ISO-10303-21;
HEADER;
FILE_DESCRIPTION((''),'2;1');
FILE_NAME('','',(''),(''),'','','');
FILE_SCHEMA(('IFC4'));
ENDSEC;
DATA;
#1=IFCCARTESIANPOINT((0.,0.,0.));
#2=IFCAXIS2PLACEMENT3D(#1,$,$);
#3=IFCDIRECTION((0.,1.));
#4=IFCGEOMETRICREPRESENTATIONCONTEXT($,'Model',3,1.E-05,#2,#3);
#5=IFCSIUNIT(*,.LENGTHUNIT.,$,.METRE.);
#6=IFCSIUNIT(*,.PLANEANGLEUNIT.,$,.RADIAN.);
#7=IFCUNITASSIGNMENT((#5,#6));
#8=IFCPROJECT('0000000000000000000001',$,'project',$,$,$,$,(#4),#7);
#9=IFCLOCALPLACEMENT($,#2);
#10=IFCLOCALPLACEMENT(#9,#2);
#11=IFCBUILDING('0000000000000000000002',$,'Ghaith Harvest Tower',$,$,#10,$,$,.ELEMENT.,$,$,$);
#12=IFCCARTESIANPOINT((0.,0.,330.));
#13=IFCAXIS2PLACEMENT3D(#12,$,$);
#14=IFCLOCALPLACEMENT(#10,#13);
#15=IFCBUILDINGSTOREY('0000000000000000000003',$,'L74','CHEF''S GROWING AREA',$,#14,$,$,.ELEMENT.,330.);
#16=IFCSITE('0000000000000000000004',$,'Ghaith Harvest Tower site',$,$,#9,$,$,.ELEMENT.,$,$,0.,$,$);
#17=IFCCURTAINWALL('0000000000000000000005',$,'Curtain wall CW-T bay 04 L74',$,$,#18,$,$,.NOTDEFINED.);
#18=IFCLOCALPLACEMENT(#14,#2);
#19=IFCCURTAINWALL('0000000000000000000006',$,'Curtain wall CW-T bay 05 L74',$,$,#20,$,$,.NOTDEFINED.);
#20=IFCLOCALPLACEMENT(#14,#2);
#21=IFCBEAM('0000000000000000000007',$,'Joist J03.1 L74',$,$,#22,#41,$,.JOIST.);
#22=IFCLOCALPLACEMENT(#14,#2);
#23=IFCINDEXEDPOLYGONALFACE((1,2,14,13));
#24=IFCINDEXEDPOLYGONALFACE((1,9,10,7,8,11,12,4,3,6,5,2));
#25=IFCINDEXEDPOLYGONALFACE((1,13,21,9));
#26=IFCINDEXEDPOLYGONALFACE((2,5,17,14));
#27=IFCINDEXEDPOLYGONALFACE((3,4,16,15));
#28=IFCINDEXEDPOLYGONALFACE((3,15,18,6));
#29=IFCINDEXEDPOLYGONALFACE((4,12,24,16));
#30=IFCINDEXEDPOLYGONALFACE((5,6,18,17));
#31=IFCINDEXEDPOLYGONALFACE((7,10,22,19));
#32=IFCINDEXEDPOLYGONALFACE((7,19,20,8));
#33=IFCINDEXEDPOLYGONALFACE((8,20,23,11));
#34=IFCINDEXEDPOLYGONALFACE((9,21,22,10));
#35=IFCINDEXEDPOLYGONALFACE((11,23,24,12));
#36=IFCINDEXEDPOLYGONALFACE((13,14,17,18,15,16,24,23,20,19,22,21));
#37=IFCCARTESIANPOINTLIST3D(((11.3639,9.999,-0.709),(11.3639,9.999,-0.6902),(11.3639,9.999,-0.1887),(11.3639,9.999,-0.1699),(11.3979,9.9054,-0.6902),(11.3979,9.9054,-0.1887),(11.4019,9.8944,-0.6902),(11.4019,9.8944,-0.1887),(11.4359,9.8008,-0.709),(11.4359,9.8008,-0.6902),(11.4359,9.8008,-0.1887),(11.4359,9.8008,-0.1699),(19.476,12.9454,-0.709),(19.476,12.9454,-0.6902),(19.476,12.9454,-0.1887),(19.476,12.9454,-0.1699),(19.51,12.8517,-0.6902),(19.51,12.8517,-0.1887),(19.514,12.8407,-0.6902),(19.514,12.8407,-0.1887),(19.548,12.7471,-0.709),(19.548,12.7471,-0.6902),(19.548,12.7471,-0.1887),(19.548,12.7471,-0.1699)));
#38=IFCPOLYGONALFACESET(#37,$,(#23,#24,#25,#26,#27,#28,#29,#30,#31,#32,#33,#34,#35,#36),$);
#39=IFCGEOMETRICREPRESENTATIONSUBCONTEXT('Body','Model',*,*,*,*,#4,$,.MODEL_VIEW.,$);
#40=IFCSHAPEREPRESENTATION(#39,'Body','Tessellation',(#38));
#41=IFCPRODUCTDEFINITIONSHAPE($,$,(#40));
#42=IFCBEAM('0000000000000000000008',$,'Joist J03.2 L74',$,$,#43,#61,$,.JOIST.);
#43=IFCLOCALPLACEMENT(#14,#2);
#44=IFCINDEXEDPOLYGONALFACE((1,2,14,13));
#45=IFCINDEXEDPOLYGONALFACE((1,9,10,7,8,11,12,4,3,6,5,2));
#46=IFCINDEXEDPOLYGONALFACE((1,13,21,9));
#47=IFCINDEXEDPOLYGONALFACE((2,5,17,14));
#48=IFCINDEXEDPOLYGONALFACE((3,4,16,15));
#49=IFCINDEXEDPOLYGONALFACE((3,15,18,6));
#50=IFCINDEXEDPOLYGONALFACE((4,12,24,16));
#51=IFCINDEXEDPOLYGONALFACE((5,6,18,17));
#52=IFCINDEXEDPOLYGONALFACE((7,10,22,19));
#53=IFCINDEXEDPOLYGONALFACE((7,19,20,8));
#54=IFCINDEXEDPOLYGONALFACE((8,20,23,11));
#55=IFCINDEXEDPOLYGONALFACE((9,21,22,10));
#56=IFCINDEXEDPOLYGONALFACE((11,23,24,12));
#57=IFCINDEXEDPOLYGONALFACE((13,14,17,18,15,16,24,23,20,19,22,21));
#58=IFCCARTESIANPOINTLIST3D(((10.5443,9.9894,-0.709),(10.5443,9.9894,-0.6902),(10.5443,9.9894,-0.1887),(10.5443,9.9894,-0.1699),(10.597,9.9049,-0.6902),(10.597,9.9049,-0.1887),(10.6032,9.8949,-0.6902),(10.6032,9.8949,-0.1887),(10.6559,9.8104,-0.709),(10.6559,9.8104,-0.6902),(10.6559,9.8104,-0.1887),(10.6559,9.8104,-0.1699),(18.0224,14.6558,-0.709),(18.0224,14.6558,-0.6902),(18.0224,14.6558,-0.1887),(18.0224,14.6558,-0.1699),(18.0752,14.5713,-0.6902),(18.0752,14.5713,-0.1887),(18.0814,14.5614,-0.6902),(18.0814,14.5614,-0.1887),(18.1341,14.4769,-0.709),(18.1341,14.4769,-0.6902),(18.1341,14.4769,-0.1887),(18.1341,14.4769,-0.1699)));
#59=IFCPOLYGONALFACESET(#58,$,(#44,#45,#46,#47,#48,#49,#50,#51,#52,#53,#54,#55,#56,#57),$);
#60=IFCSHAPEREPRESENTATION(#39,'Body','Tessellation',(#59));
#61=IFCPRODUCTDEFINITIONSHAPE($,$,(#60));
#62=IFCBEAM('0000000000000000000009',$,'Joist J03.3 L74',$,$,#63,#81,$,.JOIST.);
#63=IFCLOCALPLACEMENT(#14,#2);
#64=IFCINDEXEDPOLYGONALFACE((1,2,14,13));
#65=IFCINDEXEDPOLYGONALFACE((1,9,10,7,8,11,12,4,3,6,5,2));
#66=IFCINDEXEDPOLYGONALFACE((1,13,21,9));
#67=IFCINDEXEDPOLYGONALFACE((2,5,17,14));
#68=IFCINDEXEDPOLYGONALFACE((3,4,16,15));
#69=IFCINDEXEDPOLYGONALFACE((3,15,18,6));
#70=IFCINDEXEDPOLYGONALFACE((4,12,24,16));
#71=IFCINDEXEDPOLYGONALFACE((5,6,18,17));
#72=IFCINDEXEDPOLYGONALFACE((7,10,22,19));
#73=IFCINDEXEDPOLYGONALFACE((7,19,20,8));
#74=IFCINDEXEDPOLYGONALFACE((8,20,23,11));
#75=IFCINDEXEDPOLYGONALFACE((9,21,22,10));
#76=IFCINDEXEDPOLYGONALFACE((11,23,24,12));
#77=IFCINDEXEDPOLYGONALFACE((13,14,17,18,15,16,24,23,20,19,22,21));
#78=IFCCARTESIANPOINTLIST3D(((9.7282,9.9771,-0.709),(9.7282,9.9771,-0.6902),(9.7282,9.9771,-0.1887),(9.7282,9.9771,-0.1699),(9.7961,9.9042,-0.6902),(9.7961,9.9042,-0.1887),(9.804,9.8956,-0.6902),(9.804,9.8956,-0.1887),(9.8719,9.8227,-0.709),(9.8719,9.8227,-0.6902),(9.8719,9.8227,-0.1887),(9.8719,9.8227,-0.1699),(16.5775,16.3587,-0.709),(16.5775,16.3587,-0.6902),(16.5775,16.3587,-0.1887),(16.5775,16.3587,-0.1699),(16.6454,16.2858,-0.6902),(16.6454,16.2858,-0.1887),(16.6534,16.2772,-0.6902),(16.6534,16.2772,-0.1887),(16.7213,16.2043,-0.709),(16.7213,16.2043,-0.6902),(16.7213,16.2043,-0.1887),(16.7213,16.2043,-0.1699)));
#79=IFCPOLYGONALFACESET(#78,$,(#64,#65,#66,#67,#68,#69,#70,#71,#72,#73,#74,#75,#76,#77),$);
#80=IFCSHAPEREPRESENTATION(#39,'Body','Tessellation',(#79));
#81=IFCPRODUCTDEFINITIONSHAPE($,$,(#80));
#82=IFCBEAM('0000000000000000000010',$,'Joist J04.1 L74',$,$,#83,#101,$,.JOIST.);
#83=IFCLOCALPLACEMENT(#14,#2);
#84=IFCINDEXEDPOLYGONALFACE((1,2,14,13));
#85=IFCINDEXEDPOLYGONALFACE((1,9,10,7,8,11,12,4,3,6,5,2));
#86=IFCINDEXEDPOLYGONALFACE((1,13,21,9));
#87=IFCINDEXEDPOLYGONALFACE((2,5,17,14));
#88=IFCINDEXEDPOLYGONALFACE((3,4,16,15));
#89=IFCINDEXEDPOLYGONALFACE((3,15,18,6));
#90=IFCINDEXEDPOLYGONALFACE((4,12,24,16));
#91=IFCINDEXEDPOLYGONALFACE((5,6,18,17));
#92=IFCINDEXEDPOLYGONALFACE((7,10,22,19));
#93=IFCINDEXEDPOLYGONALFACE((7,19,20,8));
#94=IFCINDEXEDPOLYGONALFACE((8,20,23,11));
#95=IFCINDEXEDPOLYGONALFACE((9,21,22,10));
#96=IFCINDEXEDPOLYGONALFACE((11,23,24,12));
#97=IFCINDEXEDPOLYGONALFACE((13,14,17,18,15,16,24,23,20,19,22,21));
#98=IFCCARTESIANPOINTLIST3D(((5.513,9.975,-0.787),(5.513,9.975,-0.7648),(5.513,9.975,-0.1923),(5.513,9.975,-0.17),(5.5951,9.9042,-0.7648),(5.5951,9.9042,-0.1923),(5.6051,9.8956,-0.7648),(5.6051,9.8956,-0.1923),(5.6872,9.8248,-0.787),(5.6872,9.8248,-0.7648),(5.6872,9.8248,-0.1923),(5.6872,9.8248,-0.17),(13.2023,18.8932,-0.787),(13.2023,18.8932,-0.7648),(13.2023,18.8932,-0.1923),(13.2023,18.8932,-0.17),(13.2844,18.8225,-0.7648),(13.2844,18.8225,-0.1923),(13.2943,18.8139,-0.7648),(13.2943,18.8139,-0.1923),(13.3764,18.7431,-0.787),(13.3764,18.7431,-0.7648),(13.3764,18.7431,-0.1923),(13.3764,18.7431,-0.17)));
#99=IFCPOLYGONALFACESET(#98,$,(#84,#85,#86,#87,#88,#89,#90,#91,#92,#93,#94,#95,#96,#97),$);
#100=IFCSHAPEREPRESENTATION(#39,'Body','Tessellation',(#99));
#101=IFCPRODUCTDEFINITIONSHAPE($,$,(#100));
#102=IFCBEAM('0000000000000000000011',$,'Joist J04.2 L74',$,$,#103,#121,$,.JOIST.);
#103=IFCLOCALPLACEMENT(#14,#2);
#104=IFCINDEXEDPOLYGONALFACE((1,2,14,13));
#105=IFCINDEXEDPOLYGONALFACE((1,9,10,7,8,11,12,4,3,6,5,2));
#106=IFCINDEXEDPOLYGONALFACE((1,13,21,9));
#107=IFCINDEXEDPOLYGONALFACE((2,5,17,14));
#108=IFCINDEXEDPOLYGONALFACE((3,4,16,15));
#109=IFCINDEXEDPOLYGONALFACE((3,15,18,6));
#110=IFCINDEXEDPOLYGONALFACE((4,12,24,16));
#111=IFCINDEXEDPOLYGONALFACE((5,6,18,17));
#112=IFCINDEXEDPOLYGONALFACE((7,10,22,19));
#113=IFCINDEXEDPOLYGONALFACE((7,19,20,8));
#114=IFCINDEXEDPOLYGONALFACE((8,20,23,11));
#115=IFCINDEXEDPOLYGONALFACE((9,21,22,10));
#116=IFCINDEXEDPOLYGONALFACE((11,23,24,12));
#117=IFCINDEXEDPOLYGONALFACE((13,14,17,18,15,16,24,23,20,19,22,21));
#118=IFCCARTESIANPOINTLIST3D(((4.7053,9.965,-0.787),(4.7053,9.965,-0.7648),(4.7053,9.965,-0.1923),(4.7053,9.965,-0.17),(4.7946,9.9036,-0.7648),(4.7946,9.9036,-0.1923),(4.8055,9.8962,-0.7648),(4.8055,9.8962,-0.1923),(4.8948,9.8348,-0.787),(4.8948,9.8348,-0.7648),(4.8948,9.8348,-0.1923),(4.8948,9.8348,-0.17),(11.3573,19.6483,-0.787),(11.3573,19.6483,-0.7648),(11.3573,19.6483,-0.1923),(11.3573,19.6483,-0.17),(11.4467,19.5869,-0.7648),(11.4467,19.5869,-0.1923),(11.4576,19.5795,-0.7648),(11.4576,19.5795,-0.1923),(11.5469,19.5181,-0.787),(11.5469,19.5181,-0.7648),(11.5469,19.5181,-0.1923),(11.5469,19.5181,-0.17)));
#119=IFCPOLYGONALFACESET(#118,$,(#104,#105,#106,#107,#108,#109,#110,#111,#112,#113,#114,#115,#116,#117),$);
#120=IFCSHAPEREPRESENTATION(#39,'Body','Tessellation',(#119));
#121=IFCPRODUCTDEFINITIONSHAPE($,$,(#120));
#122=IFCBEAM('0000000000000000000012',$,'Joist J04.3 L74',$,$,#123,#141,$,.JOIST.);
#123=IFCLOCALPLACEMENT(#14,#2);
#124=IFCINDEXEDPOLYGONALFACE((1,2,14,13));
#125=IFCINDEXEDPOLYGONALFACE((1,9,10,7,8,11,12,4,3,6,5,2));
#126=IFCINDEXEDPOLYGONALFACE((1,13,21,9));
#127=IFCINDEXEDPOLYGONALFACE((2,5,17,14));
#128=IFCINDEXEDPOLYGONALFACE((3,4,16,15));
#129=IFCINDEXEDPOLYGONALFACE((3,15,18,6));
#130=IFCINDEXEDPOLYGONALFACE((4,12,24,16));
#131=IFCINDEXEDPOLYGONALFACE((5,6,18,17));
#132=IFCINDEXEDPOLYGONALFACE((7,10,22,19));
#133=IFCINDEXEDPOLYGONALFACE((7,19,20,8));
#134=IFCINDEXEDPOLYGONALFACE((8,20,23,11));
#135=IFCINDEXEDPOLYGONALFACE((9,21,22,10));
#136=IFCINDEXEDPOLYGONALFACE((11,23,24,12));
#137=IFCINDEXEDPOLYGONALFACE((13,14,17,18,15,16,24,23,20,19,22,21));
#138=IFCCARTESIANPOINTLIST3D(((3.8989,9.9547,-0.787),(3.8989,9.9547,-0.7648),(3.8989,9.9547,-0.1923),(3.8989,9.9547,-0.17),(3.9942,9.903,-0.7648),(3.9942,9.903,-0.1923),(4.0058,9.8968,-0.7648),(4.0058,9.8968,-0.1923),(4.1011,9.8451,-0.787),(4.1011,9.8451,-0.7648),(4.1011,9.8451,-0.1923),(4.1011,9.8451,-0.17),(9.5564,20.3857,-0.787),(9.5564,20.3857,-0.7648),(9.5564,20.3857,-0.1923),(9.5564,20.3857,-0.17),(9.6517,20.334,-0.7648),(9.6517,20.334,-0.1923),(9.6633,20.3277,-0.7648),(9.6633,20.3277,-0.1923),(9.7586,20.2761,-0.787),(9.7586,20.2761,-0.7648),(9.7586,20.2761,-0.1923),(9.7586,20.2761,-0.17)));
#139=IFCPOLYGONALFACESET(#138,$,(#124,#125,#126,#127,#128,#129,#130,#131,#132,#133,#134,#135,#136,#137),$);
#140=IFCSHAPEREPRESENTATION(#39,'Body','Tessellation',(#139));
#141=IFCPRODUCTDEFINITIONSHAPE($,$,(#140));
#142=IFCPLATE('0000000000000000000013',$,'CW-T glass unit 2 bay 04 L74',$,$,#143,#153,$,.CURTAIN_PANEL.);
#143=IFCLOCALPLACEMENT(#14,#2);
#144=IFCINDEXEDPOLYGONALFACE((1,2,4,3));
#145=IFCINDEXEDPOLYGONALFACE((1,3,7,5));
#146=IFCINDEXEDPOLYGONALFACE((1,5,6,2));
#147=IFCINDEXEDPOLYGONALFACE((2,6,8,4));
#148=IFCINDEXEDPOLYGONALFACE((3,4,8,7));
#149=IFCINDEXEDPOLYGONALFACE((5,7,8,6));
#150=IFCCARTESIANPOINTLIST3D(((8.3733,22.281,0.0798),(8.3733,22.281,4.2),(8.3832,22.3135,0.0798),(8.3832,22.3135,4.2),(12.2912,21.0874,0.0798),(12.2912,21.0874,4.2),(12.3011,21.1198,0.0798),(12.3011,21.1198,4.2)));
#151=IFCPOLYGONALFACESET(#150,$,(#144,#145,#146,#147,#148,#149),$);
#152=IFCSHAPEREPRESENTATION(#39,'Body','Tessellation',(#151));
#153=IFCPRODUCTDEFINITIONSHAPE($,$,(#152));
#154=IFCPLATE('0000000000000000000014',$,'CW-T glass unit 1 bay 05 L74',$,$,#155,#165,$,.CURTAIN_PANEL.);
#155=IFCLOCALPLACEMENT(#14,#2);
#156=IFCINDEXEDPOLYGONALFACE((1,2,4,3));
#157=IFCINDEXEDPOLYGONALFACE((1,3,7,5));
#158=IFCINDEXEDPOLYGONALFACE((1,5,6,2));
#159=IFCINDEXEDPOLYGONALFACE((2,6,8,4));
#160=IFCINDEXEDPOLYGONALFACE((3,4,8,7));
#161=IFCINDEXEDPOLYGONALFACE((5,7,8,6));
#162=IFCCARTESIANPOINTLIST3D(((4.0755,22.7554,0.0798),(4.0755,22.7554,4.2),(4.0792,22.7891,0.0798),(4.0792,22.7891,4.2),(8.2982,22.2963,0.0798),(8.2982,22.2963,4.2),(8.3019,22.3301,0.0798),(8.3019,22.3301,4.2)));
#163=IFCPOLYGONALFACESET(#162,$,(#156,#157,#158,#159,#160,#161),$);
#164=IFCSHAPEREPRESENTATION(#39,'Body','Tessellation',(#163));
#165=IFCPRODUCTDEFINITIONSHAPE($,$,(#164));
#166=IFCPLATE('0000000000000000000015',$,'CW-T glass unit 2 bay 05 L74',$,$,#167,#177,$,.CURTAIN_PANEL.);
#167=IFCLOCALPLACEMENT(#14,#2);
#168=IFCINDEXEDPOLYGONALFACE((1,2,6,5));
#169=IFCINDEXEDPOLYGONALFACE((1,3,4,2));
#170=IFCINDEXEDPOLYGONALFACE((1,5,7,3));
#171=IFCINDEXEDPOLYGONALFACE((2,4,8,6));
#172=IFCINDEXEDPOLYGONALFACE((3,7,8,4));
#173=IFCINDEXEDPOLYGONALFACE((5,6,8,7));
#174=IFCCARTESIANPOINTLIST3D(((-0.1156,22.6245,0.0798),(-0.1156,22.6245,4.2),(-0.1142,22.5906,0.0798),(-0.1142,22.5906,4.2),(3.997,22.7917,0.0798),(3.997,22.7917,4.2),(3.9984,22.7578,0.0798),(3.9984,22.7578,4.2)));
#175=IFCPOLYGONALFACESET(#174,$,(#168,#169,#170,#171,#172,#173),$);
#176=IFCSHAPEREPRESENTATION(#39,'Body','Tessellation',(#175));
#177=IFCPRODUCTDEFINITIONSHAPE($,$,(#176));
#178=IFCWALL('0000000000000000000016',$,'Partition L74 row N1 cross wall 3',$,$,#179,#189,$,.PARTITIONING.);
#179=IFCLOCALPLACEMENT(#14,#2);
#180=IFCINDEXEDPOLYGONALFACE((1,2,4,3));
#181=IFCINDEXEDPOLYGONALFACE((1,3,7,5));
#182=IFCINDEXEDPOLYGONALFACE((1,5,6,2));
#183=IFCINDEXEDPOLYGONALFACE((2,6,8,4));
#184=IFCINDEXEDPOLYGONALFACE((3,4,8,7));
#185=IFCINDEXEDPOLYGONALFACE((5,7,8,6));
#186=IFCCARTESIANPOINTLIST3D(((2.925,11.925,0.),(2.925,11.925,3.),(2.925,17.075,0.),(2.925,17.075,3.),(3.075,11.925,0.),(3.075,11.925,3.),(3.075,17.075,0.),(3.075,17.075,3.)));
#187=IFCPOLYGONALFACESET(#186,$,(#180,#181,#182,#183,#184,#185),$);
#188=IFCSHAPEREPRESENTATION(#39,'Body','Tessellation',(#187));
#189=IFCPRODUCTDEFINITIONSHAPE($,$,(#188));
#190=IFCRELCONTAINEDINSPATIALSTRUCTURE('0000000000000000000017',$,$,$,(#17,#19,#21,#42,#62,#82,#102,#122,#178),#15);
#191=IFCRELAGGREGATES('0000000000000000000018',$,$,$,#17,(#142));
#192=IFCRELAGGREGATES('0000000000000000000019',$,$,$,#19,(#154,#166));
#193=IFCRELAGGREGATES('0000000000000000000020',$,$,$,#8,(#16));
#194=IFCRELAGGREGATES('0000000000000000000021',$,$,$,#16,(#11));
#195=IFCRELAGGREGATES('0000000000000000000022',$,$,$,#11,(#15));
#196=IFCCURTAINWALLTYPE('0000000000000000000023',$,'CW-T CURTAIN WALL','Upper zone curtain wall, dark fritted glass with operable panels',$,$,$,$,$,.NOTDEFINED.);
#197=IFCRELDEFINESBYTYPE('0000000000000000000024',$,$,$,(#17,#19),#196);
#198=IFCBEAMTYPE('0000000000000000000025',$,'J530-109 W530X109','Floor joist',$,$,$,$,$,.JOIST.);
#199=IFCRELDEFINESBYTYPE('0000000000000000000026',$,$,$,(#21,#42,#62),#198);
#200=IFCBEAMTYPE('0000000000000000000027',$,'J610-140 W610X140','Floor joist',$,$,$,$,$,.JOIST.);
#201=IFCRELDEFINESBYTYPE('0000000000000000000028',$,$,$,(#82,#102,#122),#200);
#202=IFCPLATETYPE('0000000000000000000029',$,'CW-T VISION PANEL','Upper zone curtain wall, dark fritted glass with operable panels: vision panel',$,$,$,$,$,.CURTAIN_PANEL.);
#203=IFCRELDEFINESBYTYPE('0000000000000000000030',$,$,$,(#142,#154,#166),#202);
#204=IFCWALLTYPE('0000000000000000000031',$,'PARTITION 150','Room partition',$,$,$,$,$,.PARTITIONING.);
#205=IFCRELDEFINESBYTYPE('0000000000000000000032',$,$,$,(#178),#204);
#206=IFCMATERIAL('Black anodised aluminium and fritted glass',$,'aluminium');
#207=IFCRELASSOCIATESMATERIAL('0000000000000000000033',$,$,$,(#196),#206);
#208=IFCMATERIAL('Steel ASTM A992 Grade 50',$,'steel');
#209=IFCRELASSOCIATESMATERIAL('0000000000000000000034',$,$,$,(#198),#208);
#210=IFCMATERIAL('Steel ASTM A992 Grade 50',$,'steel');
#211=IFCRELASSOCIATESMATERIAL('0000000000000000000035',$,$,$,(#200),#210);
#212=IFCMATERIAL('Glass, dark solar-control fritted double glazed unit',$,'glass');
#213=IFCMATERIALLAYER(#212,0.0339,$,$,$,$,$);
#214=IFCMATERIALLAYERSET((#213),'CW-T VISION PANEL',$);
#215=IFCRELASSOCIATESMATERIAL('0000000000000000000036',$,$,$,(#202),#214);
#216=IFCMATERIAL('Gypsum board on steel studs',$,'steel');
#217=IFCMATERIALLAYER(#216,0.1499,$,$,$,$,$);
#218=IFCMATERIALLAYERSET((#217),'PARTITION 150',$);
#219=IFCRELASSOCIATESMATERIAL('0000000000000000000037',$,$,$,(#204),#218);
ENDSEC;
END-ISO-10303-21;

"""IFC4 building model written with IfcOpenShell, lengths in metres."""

from ifc_helpers import new_model, si_unit, direction, frame, frame_2d, origin, origin_2d, place, context, subcontext, project, spatial, rectangle, i_section, extrude, material, layer, layer_set, material_profile, profile_set, type_object, element, aggregate, save


model = new_model("IFC4")

# Units and contexts
model_context = context("Model", 3, precision=1e-05, world=origin(), true_north=direction((0.0, 1.0)))
body_context = subcontext(model_context, "Body", "Model", "MODEL_VIEW")
ifc_project = project(units=[si_unit("LENGTHUNIT", "METRE"), si_unit("PLANEANGLEUNIT", "RADIAN")], contexts=[model_context])

# Site, building, storey
site_placement = place(None, origin())
site = spatial("IfcSite", under=ifc_project, at=site_placement, Name="Ghaith Harvest Tower site", CompositionType="ELEMENT", RefElevation=0.0)
building_placement = place(site_placement, origin())
building = spatial("IfcBuilding", under=site, at=building_placement, Name="Ghaith Harvest Tower", CompositionType="ELEMENT")
storey_placement = place(building_placement, frame((0.0, 0.0, 330.0)))
storey = spatial("IfcBuildingStorey", under=building, at=storey_placement, Name="L74", Description="CHEF'S GROWING AREA", CompositionType="ELEMENT", Elevation=330.0)

# Curtain wall
ifc_material_1 = material(Name="Black anodised aluminium and fritted glass", Category="aluminium")
curtain_wall_type = type_object("IfcCurtainWallType", Name="CW-T CURTAIN WALL", Description="Upper zone curtain wall, dark fritted glass with operable panels", PredefinedType="NOTDEFINED", material=ifc_material_1)
curtain_wall_1_placement = place(storey_placement, origin())
curtain_wall_1 = element("IfcCurtainWall", 1, at=curtain_wall_1_placement, inside=storey, type_object=curtain_wall_type, Name="Curtain wall CW-T bay 04 L74", PredefinedType="NOTDEFINED")

# Curtain wall
curtain_wall_2_placement = place(storey_placement, origin())
curtain_wall_2 = element("IfcCurtainWall", 2, at=curtain_wall_2_placement, inside=storey, type_object=curtain_wall_type, Name="Curtain wall CW-T bay 05 L74", PredefinedType="NOTDEFINED")

# Beams
ifc_material_2 = material(Name="Steel ASTM A992 Grade 50", Category="steel")
ifc_material_profile_1 = material_profile(ifc_material_2, i_section(OverallWidth=0.2109, OverallDepth=0.5391, WebThickness=0.0117, FlangeThickness=0.0188, at=origin_2d()), Name="W530X109")
ifc_profile_set_1 = profile_set([ifc_material_profile_1], Name="Steel ASTM A992 Grade 50")
beam_type_1 = type_object("IfcBeamType", Name="J530-109 W530X109", Description="Floor joist", PredefinedType="JOIST", material=ifc_profile_set_1)
beam_1_placement = place(storey_placement, frame((11.3999, 9.8999, -0.4395), z_axis=(0.939926, 0.34138, 0.0), x_axis=(-0.34138, 0.939926, 0.0)))
element("IfcBeam", 3, at=beam_1_placement, inside=storey, type_object=beam_type_1, Name="Joist J03.1 L74", PredefinedType="JOIST", context=body_context, shape_type="SweptSolid", body=[
    extrude(i_section(OverallWidth=0.2109, OverallDepth=0.5391, WebThickness=0.0117, FlangeThickness=0.0188, at=origin_2d()), origin(), (0.0, 0.0, 1.0), 8.6306),
])
beam_2_placement = place(storey_placement, frame((10.6001, 9.8999, -0.4395), z_axis=(0.848376, 0.529394, 0.0), x_axis=(-0.529394, 0.848376, 0.0)))
element("IfcBeam", 4, at=beam_2_placement, inside=storey, type_object=beam_type_1, Name="Joist J03.2 L74", PredefinedType="JOIST", context=body_context, shape_type="SweptSolid", body=[
    extrude(i_section(OverallWidth=0.2109, OverallDepth=0.5391, WebThickness=0.0117, FlangeThickness=0.0188, at=origin_2d()), origin(), (0.0, 0.0, 1.0), 8.8147),
])
beam_3_placement = place(storey_placement, frame((9.8, 9.8999, -0.4395), z_axis=(0.731649, 0.681682, 0.0), x_axis=(-0.681682, 0.731649, 0.0)))
element("IfcBeam", 5, at=beam_3_placement, inside=storey, type_object=beam_type_1, Name="Joist J03.3 L74", PredefinedType="JOIST", context=body_context, shape_type="SweptSolid", body=[
    extrude(i_section(OverallWidth=0.2109, OverallDepth=0.5391, WebThickness=0.0117, FlangeThickness=0.0188, at=origin_2d()), origin(), (0.0, 0.0, 1.0), 9.3616),
])
ifc_material_3 = material(Name="Steel ASTM A992 Grade 50", Category="steel")
ifc_material_profile_2 = material_profile(ifc_material_3, i_section(OverallWidth=0.23, OverallDepth=0.6169, WebThickness=0.0132, FlangeThickness=0.0222, at=origin_2d()), Name="W610X140")
ifc_profile_set_2 = profile_set([ifc_material_profile_2], Name="Steel ASTM A992 Grade 50")
beam_type_2 = type_object("IfcBeamType", Name="J610-140 W610X140", Description="Floor joist", PredefinedType="JOIST", material=ifc_profile_set_2)
beam_4_placement = place(storey_placement, frame((5.6001, 9.8999, -0.4785), z_axis=(0.652993, 0.757364, 0.0), x_axis=(-0.757364, 0.652993, 0.0)))
element("IfcBeam", 6, at=beam_4_placement, inside=storey, type_object=beam_type_2, Name="Joist J04.1 L74", PredefinedType="JOIST", context=body_context, shape_type="SweptSolid", body=[
    extrude(i_section(OverallWidth=0.23, OverallDepth=0.6169, WebThickness=0.0132, FlangeThickness=0.0222, at=origin_2d()), origin(), (0.0, 0.0, 1.0), 11.7754),
])
beam_5_placement = place(storey_placement, frame((4.8, 9.8999, -0.4785), z_axis=(0.566228, 0.824249, 0.0), x_axis=(-0.824249, 0.566228, 0.0)))
element("IfcBeam", 7, at=beam_5_placement, inside=storey, type_object=beam_type_2, Name="Joist J04.2 L74", PredefinedType="JOIST", context=body_context, shape_type="SweptSolid", body=[
    extrude(i_section(OverallWidth=0.23, OverallDepth=0.6169, WebThickness=0.0132, FlangeThickness=0.0222, at=origin_2d()), origin(), (0.0, 0.0, 1.0), 11.748),
])
beam_6_placement = place(storey_placement, frame((4.0, 9.8999, -0.4785), z_axis=(0.476765, 0.879031, 0.0), x_axis=(-0.879031, 0.476765, 0.0)))
element("IfcBeam", 8, at=beam_6_placement, inside=storey, type_object=beam_type_2, Name="Joist J04.3 L74", PredefinedType="JOIST", context=body_context, shape_type="SweptSolid", body=[
    extrude(i_section(OverallWidth=0.23, OverallDepth=0.6169, WebThickness=0.0132, FlangeThickness=0.0222, at=origin_2d()), origin(), (0.0, 0.0, 1.0), 11.8665),
])

# Plates
ifc_material_4 = material(Name="Glass, dark solar-control fritted double glazed unit", Category="glass")
ifc_layer_1 = layer(ifc_material_4, 0.0339)
ifc_layer_set_1 = layer_set([ifc_layer_1], Name="CW-T VISION PANEL")
plate_type = type_object("IfcPlateType", Name="CW-T VISION PANEL", Description="Upper zone curtain wall, dark fritted glass with operable panels: vision panel", PredefinedType="CURTAIN_PANEL", material=ifc_layer_set_1)
plate_1_placement = place(storey_placement, frame((10.3372, 21.7004, 0.0798), z_axis=(0.0, 0.0, 1.0), x_axis=(-0.956588, 0.291445, 0.0)))
plate_1 = element("IfcPlate", 9, at=plate_1_placement, type_object=plate_type, Name="CW-T glass unit 2 bay 04 L74", PredefinedType="CURTAIN_PANEL", context=body_context, shape_type="SweptSolid", body=[
    extrude(rectangle(XDim=4.0957, YDim=0.0339, at=origin_2d()), origin(), (0.0, 0.0, 1.0), 4.1201),
])
aggregate(curtain_wall_1, [plate_1])
plate_2_placement = place(storey_placement, frame((6.1887, 22.5427, 0.0798), z_axis=(0.0, 0.0, 1.0), x_axis=(-0.994143, 0.108074, 0.0)))
plate_2 = element("IfcPlate", 10, at=plate_2_placement, type_object=plate_type, Name="CW-T glass unit 1 bay 05 L74", PredefinedType="CURTAIN_PANEL", context=body_context, shape_type="SweptSolid", body=[
    extrude(rectangle(XDim=4.2476, YDim=0.0339, at=origin_2d()), origin(), (0.0, 0.0, 1.0), 4.1201),
])
plate_3_placement = place(storey_placement, frame((1.9414, 22.6912, 0.0798), z_axis=(0.0, 0.0, 1.0), x_axis=(-0.999174, -0.040638, 0.0)))
plate_3 = element("IfcPlate", 11, at=plate_3_placement, type_object=plate_type, Name="CW-T glass unit 2 bay 05 L74", PredefinedType="CURTAIN_PANEL", context=body_context, shape_type="SweptSolid", body=[
    extrude(rectangle(XDim=4.116, YDim=0.0339, at=origin_2d()), origin(), (0.0, 0.0, 1.0), 4.1201),
])
aggregate(curtain_wall_2, [plate_2, plate_3])

# Wall
ifc_material_5 = material(Name="Gypsum board on steel studs", Category="steel")
ifc_layer_2 = layer(ifc_material_5, 0.1499)
ifc_layer_set_2 = layer_set([ifc_layer_2], Name="PARTITION 150")
wall_type = type_object("IfcWallType", Name="PARTITION 150", Description="Room partition", PredefinedType="PARTITIONING", material=ifc_layer_set_2)
for number, where, z_axis, x_axis, name in (
    (12, (3.0, 11.925, 0.0), (0.0, 0.0, 1.0), (0.0, 1.0, 0.0), "Partition L74 row N1 cross wall 3"),
):
    element("IfcWall", number, at=place(storey_placement, frame(where, z_axis=z_axis, x_axis=x_axis)), inside=storey, type_object=wall_type, Name=name, PredefinedType="PARTITIONING", context=body_context, shape_type="SweptSolid", body=[
        extrude(rectangle(XDim=5.1499, YDim=0.1499, at=frame_2d((2.575, 0.0))), origin(), (0.0, 0.0, 1.0), 3.0),
    ])

save(model, "model.ifc")
